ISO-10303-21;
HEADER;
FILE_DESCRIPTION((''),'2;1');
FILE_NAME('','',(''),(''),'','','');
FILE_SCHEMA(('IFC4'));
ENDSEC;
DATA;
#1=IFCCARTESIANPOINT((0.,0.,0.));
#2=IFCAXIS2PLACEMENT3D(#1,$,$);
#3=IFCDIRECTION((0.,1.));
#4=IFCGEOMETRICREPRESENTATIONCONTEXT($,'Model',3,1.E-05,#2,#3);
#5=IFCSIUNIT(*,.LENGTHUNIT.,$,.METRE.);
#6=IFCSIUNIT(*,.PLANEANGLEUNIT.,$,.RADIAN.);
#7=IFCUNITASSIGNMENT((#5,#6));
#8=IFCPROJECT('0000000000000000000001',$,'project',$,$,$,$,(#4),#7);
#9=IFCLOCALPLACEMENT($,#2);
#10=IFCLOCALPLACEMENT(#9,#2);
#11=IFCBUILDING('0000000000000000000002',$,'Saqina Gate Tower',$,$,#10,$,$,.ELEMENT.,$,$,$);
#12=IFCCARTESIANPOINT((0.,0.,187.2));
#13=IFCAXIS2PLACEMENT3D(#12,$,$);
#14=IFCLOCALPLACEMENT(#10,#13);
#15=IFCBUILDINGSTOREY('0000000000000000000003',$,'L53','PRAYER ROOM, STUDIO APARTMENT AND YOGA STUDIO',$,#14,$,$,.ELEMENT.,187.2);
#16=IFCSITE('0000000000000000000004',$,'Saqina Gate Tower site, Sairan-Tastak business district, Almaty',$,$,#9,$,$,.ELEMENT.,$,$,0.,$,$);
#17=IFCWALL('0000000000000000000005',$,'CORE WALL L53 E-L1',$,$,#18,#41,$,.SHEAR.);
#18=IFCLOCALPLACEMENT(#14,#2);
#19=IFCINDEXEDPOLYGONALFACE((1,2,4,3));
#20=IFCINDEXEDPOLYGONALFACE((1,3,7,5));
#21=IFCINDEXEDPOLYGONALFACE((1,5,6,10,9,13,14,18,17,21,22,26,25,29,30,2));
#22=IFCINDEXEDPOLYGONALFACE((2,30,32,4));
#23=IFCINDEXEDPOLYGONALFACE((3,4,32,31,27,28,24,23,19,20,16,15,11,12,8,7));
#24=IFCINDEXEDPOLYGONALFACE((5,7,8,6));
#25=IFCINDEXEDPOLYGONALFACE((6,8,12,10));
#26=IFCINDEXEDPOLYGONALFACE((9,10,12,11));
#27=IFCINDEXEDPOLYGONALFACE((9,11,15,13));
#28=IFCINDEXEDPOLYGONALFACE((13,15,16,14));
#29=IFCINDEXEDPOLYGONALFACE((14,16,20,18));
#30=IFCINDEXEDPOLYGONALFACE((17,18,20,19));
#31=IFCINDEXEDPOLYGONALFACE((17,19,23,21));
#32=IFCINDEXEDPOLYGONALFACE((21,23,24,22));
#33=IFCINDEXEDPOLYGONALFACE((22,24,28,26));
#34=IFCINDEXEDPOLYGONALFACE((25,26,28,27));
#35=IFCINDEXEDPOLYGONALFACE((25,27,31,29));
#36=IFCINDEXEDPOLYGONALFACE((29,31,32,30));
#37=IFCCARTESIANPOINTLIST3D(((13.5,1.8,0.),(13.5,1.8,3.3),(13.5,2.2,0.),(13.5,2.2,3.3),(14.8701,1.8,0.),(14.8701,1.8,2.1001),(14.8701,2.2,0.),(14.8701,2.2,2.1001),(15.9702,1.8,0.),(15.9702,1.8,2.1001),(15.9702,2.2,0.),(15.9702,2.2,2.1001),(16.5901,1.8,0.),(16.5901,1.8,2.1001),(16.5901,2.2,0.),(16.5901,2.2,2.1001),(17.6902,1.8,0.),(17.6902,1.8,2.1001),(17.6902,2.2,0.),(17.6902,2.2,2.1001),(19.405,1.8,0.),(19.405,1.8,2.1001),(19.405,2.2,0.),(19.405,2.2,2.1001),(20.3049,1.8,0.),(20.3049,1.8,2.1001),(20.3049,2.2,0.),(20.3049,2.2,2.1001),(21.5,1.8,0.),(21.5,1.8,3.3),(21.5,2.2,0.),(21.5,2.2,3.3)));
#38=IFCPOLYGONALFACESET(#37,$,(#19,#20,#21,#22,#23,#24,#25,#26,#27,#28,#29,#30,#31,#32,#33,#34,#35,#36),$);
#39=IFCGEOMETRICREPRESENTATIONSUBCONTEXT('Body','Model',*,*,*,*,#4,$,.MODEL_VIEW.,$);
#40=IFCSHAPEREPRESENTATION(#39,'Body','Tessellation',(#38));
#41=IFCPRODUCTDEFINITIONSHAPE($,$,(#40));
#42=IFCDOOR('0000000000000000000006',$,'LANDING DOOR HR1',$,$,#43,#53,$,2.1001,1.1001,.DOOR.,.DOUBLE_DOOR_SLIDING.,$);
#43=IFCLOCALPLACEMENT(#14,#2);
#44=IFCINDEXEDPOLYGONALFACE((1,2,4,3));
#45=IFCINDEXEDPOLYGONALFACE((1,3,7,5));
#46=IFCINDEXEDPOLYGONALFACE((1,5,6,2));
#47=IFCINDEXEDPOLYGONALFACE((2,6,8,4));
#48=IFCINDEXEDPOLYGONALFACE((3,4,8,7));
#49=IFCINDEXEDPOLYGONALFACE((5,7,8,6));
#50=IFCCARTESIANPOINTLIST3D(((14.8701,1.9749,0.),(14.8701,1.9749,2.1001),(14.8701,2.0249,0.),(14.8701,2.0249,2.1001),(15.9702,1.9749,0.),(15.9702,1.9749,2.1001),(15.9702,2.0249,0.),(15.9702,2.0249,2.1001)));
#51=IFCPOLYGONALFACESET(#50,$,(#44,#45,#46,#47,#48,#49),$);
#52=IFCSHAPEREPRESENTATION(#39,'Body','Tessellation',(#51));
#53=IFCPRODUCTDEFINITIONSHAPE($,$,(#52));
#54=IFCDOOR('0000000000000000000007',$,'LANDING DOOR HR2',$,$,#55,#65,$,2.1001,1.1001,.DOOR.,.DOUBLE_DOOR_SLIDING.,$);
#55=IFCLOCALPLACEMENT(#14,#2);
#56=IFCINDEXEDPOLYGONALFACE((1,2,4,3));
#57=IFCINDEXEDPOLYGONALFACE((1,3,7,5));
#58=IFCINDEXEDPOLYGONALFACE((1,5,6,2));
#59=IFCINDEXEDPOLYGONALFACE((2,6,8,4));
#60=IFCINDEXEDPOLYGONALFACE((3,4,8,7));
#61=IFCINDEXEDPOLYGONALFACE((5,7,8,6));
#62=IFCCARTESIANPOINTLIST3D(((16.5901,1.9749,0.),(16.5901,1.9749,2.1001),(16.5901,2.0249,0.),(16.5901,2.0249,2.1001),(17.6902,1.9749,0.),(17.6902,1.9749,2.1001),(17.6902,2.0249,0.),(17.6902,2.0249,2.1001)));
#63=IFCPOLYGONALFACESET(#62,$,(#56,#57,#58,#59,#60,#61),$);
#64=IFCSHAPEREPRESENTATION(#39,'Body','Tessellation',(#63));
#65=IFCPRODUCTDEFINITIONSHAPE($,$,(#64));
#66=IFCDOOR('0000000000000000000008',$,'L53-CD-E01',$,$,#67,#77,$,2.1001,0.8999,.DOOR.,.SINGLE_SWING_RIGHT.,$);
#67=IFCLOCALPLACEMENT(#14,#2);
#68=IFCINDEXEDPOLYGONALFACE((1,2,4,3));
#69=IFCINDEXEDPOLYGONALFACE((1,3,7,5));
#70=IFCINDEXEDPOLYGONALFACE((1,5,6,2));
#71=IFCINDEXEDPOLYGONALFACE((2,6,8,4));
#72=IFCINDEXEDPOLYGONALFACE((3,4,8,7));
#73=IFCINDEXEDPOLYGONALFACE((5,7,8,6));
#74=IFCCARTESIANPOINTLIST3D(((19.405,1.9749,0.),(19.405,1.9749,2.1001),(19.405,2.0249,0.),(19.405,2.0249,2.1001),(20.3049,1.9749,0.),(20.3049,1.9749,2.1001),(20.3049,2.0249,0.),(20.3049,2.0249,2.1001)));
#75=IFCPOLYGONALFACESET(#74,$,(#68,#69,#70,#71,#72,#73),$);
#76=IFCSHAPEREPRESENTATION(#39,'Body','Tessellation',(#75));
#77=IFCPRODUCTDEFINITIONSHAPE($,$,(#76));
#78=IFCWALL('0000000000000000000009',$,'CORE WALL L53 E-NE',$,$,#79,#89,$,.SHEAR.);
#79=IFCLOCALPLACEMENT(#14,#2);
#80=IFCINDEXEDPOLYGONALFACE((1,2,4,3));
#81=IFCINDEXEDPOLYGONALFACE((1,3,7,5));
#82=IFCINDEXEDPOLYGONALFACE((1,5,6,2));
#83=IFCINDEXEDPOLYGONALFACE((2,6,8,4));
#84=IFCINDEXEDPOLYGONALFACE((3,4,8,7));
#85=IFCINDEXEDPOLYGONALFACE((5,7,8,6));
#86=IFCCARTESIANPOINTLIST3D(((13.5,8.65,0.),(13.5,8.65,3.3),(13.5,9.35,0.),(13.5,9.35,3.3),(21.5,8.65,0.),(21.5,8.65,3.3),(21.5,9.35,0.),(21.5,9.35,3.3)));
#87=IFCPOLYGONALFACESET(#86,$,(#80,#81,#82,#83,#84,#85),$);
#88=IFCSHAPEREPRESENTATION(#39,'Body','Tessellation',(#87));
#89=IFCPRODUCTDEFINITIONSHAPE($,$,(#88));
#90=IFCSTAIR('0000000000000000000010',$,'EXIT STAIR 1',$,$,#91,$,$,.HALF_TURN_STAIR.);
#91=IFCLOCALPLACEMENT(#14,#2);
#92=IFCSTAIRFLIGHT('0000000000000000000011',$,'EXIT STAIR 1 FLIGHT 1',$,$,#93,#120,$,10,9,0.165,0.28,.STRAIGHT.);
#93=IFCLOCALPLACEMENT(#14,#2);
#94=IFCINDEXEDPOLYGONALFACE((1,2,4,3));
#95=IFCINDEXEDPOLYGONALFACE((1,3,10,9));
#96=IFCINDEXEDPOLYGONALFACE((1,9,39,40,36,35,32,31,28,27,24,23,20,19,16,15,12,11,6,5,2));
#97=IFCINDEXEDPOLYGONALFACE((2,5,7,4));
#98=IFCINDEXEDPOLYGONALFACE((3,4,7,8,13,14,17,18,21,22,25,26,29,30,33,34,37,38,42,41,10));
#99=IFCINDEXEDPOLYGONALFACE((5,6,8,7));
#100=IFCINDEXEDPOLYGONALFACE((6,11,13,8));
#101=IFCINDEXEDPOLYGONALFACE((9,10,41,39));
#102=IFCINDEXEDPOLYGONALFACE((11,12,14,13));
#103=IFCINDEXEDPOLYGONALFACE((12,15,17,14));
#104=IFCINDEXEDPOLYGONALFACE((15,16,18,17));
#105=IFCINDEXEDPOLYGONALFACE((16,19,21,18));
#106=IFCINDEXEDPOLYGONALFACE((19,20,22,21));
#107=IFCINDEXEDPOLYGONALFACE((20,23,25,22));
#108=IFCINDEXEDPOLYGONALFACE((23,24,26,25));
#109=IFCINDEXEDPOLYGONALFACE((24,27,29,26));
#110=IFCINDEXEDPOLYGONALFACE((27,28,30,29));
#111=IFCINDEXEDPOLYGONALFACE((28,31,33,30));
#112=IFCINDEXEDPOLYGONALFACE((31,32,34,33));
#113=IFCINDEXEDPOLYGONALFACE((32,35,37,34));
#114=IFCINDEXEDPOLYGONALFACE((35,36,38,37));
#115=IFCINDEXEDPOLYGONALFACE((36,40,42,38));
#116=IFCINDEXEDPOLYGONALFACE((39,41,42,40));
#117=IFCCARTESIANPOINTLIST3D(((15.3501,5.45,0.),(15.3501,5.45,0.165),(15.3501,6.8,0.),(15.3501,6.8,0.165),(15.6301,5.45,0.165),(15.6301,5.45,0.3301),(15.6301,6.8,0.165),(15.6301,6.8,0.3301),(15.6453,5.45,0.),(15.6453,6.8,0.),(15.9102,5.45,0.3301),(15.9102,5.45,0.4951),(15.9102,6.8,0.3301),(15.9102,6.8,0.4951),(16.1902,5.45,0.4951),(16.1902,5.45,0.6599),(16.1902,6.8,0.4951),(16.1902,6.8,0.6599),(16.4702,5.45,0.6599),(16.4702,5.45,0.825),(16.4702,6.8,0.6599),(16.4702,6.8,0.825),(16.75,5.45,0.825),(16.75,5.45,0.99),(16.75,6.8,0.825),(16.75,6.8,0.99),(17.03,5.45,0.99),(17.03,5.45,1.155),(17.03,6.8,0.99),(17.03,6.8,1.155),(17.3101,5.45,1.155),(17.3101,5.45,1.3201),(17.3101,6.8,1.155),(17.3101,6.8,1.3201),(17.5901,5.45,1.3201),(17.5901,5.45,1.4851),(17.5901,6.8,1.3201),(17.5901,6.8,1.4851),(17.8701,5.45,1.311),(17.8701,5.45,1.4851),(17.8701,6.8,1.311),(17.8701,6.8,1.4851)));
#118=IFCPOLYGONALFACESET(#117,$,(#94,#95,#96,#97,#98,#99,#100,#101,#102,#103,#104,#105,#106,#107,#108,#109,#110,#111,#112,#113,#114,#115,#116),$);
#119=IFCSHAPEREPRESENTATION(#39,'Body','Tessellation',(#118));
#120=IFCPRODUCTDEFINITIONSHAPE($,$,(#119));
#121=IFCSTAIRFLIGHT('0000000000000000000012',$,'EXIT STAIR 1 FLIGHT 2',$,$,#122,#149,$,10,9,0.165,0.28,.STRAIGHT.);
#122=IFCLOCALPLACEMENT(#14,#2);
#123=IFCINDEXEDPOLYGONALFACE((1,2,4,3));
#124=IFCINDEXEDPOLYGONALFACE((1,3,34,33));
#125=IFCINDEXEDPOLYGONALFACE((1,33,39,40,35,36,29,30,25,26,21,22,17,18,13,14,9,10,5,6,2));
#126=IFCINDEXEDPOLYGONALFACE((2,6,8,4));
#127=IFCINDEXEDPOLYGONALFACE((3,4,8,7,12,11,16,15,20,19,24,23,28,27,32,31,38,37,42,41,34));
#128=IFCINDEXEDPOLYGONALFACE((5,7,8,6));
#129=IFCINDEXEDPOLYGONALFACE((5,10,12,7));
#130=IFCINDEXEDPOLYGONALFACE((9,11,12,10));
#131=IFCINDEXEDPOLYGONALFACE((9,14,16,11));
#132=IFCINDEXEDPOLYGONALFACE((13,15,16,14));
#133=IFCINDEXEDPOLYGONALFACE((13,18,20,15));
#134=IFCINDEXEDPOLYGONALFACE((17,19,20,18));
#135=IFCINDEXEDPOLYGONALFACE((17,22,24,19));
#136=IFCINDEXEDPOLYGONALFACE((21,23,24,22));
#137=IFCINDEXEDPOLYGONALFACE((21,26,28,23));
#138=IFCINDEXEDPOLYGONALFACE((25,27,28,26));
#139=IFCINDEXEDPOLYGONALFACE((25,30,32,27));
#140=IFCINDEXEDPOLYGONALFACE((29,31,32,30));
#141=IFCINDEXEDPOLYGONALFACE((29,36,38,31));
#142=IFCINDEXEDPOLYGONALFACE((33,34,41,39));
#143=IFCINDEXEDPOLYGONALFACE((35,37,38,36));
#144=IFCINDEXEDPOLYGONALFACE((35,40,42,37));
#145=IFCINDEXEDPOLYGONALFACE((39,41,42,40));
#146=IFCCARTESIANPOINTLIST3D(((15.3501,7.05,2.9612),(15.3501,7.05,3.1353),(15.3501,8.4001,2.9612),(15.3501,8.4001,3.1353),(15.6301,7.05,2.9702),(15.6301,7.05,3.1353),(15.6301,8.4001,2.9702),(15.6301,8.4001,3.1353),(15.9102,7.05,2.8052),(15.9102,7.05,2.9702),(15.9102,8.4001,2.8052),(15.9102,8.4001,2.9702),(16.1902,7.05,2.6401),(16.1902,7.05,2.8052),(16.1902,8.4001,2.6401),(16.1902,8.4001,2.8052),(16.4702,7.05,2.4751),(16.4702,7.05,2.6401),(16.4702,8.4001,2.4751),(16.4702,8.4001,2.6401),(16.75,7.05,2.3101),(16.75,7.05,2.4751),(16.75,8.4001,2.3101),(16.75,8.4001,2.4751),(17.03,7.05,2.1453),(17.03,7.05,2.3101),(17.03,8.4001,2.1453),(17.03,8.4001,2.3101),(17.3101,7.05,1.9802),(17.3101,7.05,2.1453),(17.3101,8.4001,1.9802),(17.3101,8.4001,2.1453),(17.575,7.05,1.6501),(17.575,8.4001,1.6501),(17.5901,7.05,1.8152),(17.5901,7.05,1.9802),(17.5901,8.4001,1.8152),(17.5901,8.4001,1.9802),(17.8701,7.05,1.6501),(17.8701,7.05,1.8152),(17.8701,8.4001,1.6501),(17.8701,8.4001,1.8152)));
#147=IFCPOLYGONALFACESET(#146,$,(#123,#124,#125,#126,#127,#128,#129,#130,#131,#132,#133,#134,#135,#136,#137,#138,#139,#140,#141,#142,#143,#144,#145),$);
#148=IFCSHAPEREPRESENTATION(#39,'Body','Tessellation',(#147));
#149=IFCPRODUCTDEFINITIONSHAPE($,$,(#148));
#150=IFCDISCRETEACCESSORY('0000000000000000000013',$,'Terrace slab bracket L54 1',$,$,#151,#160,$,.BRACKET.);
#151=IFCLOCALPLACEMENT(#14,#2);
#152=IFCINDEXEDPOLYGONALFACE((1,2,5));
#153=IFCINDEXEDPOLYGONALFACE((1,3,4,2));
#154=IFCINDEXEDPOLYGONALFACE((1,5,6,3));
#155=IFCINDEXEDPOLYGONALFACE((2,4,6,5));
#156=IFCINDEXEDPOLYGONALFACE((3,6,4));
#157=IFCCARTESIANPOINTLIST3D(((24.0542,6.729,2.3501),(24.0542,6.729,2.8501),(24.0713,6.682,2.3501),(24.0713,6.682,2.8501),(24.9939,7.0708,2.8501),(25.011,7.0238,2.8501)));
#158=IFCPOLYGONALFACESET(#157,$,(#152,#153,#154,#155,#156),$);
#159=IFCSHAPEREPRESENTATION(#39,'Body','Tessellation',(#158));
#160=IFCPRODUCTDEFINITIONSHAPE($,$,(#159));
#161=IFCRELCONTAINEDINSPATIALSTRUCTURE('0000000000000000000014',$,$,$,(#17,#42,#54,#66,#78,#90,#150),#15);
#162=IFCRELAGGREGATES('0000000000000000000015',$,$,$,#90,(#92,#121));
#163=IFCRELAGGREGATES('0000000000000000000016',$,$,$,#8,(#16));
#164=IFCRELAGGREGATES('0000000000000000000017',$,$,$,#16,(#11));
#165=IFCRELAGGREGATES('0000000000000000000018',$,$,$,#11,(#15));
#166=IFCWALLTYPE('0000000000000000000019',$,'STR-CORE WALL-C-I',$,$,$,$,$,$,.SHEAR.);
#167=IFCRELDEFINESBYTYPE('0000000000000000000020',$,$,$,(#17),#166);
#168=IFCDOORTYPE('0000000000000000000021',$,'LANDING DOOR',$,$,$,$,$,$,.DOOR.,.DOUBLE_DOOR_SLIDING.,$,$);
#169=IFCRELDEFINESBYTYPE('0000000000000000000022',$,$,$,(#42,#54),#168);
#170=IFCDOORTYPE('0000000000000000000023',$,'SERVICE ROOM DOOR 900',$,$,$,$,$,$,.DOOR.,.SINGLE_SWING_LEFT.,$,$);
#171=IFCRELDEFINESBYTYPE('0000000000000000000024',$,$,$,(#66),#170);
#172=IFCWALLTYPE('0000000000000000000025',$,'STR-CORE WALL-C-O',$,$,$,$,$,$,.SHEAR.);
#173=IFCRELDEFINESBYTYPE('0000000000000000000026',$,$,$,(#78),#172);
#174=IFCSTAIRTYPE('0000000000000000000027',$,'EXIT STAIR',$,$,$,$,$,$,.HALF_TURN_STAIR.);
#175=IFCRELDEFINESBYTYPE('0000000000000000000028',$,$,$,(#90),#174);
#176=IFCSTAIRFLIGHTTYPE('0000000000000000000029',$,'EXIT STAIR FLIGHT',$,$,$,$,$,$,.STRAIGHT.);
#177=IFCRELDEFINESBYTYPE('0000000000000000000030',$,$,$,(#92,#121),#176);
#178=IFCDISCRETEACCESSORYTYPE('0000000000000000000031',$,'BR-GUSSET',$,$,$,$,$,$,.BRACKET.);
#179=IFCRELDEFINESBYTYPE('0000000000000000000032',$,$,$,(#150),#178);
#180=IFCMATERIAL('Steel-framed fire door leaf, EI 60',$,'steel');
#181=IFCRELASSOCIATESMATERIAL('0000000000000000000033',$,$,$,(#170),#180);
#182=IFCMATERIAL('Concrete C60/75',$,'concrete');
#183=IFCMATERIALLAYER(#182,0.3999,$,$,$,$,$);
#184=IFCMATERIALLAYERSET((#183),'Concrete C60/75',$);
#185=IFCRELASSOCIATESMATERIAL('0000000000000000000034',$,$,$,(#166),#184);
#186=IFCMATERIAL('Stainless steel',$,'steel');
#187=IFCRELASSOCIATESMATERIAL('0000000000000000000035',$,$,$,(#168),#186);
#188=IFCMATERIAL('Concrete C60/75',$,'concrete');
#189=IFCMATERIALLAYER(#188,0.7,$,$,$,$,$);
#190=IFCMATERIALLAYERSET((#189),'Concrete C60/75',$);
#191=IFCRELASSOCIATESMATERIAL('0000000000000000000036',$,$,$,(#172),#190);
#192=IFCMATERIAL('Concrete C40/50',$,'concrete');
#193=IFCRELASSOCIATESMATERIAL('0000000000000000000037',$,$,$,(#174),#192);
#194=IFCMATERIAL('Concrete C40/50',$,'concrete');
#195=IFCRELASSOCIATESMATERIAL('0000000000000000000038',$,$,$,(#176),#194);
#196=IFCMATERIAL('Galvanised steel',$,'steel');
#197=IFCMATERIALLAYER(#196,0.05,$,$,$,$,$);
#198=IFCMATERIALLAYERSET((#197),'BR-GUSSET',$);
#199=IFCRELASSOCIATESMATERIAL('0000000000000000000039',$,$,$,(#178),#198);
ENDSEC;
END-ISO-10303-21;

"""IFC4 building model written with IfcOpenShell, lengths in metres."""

from ifc_helpers import new_model, si_unit, direction, frame, frame_2d, origin, place, context, subcontext, project, spatial, polyline, rectangle, outline, extrude, material, layer, layer_set, type_object, element, fill, aggregate, save


model = new_model("IFC4")

# Units and contexts
model_context = context("Model", 3, precision=1e-05, world=origin(), true_north=direction((0.0, 1.0)))
body_context = subcontext(model_context, "Body", "Model", "MODEL_VIEW")
ifc_project = project(units=[si_unit("LENGTHUNIT", "METRE"), si_unit("PLANEANGLEUNIT", "RADIAN")], contexts=[model_context])

# Site, building, storey
site_placement = place(None, origin())
site = spatial("IfcSite", under=ifc_project, at=site_placement, Name="Saqina Gate Tower site, Sairan-Tastak business district, Almaty", CompositionType="ELEMENT", RefElevation=0.0)
building_placement = place(site_placement, origin())
building = spatial("IfcBuilding", under=site, at=building_placement, Name="Saqina Gate Tower", CompositionType="ELEMENT")
storey_placement = place(building_placement, frame((0.0, 0.0, 187.2)))
storey = spatial("IfcBuildingStorey", under=building, at=storey_placement, Name="L53", Description="PRAYER ROOM, STUDIO APARTMENT AND YOGA STUDIO", CompositionType="ELEMENT", Elevation=187.2)

# Shared definitions
ifc_material_1 = material(Name="Steel-framed fire door leaf, EI 60", Category="steel")
door_type_1 = type_object("IfcDoorType", Name="SERVICE ROOM DOOR 900", OperationType="SINGLE_SWING_LEFT", PredefinedType="DOOR", material=ifc_material_1)

# Shared definitions
ifc_material_2 = material(Name="Concrete C60/75", Category="concrete")
ifc_layer_1 = layer(ifc_material_2, 0.3999)
ifc_layer_set_1 = layer_set([ifc_layer_1], Name="Concrete C60/75")
wall_type_1 = type_object("IfcWallType", Name="STR-CORE WALL-C-I", PredefinedType="SHEAR", material=ifc_layer_set_1)

# Wall, openings, doors
wall_1_placement = place(storey_placement, frame((13.5, 2.0, 0.0), z_axis=(0.0, 0.0, 1.0), x_axis=(1.0, 0.0, 0.0)))
wall_1 = element("IfcWall", 1, at=wall_1_placement, inside=storey, type_object=wall_type_1, Name="CORE WALL L53 E-L1", PredefinedType="SHEAR", context=body_context, shape_type="SweptSolid", body=[
    extrude(rectangle(XDim=8.0, YDim=0.3999, at=frame_2d((4.0, 0.0))), origin(), (0.0, 0.0, 1.0), 3.3),
])
opening_1_placement = place(wall_1_placement, frame((1.3701, 0.0, 0.0)))
opening_1 = element("IfcOpeningElement", 2, at=opening_1_placement, cuts=wall_1, PredefinedType="OPENING", context=body_context, shape_type="SweptSolid", body=[
    extrude(rectangle(XDim=1.1001, YDim=2.1001, at=frame_2d((0.55, 1.05))), frame((0.0, 0.2119, 0.0), z_axis=(0.0, -1.0, 0.0), x_axis=(1.0, 0.0, 0.0)), (0.0, 0.0, 1.0), 0.4238),
])
opening_2_placement = place(wall_1_placement, frame((3.0901, 0.0, 0.0)))
opening_2 = element("IfcOpeningElement", 3, at=opening_2_placement, cuts=wall_1, PredefinedType="OPENING", context=body_context, shape_type="SweptSolid", body=[
    extrude(rectangle(XDim=1.1001, YDim=2.1001, at=frame_2d((0.55, 1.05))), frame((0.0, 0.2119, 0.0), z_axis=(0.0, -1.0, 0.0), x_axis=(1.0, 0.0, 0.0)), (0.0, 0.0, 1.0), 0.4238),
])
opening_3_placement = place(wall_1_placement, frame((5.905, 0.0, 0.0)))
opening_3 = element("IfcOpeningElement", 4, at=opening_3_placement, cuts=wall_1, PredefinedType="OPENING", context=body_context, shape_type="SweptSolid", body=[
    extrude(rectangle(XDim=0.8999, YDim=2.1001, at=frame_2d((0.45, 1.05))), frame((0.0, 0.2119, 0.0), z_axis=(0.0, -1.0, 0.0), x_axis=(1.0, 0.0, 0.0)), (0.0, 0.0, 1.0), 0.4238),
])
ifc_material_3 = material(Name="Stainless steel", Category="steel")
door_type_2 = type_object("IfcDoorType", Name="LANDING DOOR", OperationType="DOUBLE_DOOR_SLIDING", PredefinedType="DOOR", material=ifc_material_3)
door_1_placement = place(opening_1_placement, origin())
door_1 = element("IfcDoor", 5, at=door_1_placement, inside=storey, type_object=door_type_2, Name="LANDING DOOR HR1", OperationType="DOUBLE_DOOR_SLIDING", OverallHeight=2.1001, OverallWidth=1.1001, PredefinedType="DOOR", context=body_context, shape_type="SweptSolid", body=[
    extrude(rectangle(XDim=1.1001, YDim=2.1001, at=frame_2d((0.55, 1.05))), frame((0.0, 0.0249, 0.0), z_axis=(0.0, -1.0, 0.0), x_axis=(1.0, 0.0, 0.0)), (0.0, 0.0, 1.0), 0.05),
])
fill(opening_1, door_1)
door_2_placement = place(opening_2_placement, origin())
door_2 = element("IfcDoor", 6, at=door_2_placement, inside=storey, type_object=door_type_2, Name="LANDING DOOR HR2", OperationType="DOUBLE_DOOR_SLIDING", OverallHeight=2.1001, OverallWidth=1.1001, PredefinedType="DOOR", context=body_context, shape_type="SweptSolid", body=[
    extrude(rectangle(XDim=1.1001, YDim=2.1001, at=frame_2d((0.55, 1.05))), frame((0.0, 0.0249, 0.0), z_axis=(0.0, -1.0, 0.0), x_axis=(1.0, 0.0, 0.0)), (0.0, 0.0, 1.0), 0.05),
])
fill(opening_2, door_2)
door_3_placement = place(opening_3_placement, origin())
door_3 = element("IfcDoor", 7, at=door_3_placement, inside=storey, type_object=door_type_1, Name="L53-CD-E01", OperationType="SINGLE_SWING_RIGHT", OverallHeight=2.1001, OverallWidth=0.8999, PredefinedType="DOOR", context=body_context, shape_type="SweptSolid", body=[
    extrude(rectangle(XDim=0.8999, YDim=2.1001, at=frame_2d((0.45, 1.05))), frame((0.0, 0.0249, 0.0), z_axis=(0.0, -1.0, 0.0), x_axis=(1.0, 0.0, 0.0)), (0.0, 0.0, 1.0), 0.05),
])
fill(opening_3, door_3)

# Wall
ifc_material_4 = material(Name="Concrete C60/75", Category="concrete")
ifc_layer_2 = layer(ifc_material_4, 0.7)
ifc_layer_set_2 = layer_set([ifc_layer_2], Name="Concrete C60/75")
wall_type_2 = type_object("IfcWallType", Name="STR-CORE WALL-C-O", PredefinedType="SHEAR", material=ifc_layer_set_2)
wall_2_placement = place(storey_placement, frame((13.5, 9.0, 0.0), z_axis=(0.0, 0.0, 1.0), x_axis=(1.0, 0.0, 0.0)))
element("IfcWall", 8, at=wall_2_placement, inside=storey, type_object=wall_type_2, Name="CORE WALL L53 E-NE", PredefinedType="SHEAR", context=body_context, shape_type="SweptSolid", body=[
    extrude(rectangle(XDim=8.0, YDim=0.7, at=frame_2d((4.0, 0.0))), origin(), (0.0, 0.0, 1.0), 3.3),
])

# Stair, stair flights
ifc_material_5 = material(Name="Concrete C40/50", Category="concrete")
stair_type = type_object("IfcStairType", Name="EXIT STAIR", PredefinedType="HALF_TURN_STAIR", material=ifc_material_5)
stair_placement = place(storey_placement, origin())
stair = element("IfcStair", 9, at=stair_placement, inside=storey, type_object=stair_type, Name="EXIT STAIR 1", PredefinedType="HALF_TURN_STAIR")
ifc_material_6 = material(Name="Concrete C40/50", Category="concrete")
stair_flight_type = type_object("IfcStairFlightType", Name="EXIT STAIR FLIGHT", PredefinedType="STRAIGHT", material=ifc_material_6)
stair_flight_1_placement = place(storey_placement, frame((15.3501, 6.125, 0.0), z_axis=(0.0, 0.0, 1.0), x_axis=(1.0, 0.0, 0.0)))
stair_flight_1 = element("IfcStairFlight", 10, at=stair_flight_1_placement, type_object=stair_flight_type, Name="EXIT STAIR 1 FLIGHT 1", NumberOfRisers=10, NumberOfTreads=9, PredefinedType="STRAIGHT", RiserHeight=0.165, TreadLength=0.28, context=body_context, shape_type="SweptSolid", body=[
    extrude(outline(polyline([(0.0, 0.0), (0.0, 0.165), (0.28, 0.165), (0.28, 0.3301), (0.5601, 0.3301), (0.5601, 0.4951), (0.8401, 0.4951), (0.8401, 0.6599), (1.1201, 0.6599), (1.1201, 0.825), (1.3999, 0.825), (1.3999, 0.99), (1.6799, 0.99), (1.6799, 1.155), (1.96, 1.155), (1.96, 1.3201), (2.24, 1.3201), (2.24, 1.4851), (2.52, 1.4851), (2.52, 1.6499), (2.52, 1.311), (0.2952, 0.0), (0.0, 0.0)])), frame((0.0, 0.675, 0.0), z_axis=(0.0, -1.0, 0.0), x_axis=(1.0, 0.0, 0.0)), (0.0, 0.0, 1.0), 1.3501),
])
stair_flight_2_placement = place(storey_placement, frame((17.8701, 7.7251, 1.6501), z_axis=(0.0, 0.0, 1.0), x_axis=(-1.0, 0.0, 0.0)))
stair_flight_2 = element("IfcStairFlight", 11, at=stair_flight_2_placement, type_object=stair_flight_type, Name="EXIT STAIR 1 FLIGHT 2", NumberOfRisers=10, NumberOfTreads=9, PredefinedType="STRAIGHT", RiserHeight=0.165, TreadLength=0.28, context=body_context, shape_type="SweptSolid", body=[
    extrude(outline(polyline([(0.0, 0.0), (0.0, 0.165), (0.28, 0.165), (0.28, 0.3301), (0.5601, 0.3301), (0.5601, 0.4951), (0.8401, 0.4951), (0.8401, 0.6599), (1.1201, 0.6599), (1.1201, 0.825), (1.3999, 0.825), (1.3999, 0.99), (1.6799, 0.99), (1.6799, 1.155), (1.96, 1.155), (1.96, 1.3201), (2.24, 1.3201), (2.24, 1.4851), (2.52, 1.4851), (2.52, 1.6499), (2.52, 1.311), (0.2952, 0.0), (0.0, 0.0)])), frame((0.0, 0.675, 0.0), z_axis=(0.0, -1.0, 0.0), x_axis=(1.0, 0.0, 0.0)), (0.0, 0.0, 1.0), 1.3501),
])
aggregate(stair, [stair_flight_1, stair_flight_2])

# Discrete accessory
ifc_material_7 = material(Name="Galvanised steel", Category="steel")
ifc_layer_3 = layer(ifc_material_7, 0.05)
ifc_layer_set_3 = layer_set([ifc_layer_3], Name="BR-GUSSET")
discrete_accessory_type = type_object("IfcDiscreteAccessoryType", Name="BR-GUSSET", PredefinedType="BRACKET", material=ifc_layer_set_3)
discrete_accessory_placement = place(storey_placement, frame((24.0542, 6.729, 2.3501), z_axis=(-0.341821, 0.939765, 0.0), x_axis=(0.0, 0.0, 1.0)))
element("IfcDiscreteAccessory", 12, at=discrete_accessory_placement, inside=storey, type_object=discrete_accessory_type, Name="Terrace slab bracket L54 1", PredefinedType="BRACKET", context=body_context, shape_type="SweptSolid", body=[
    extrude(outline(polyline([(0.0, 0.0), (0.5, 0.0), (0.5, 0.9999), (0.0, 0.0)])), origin(), (0.0, 0.0, -1.0), 0.05),
])

save(model, "model.ifc")
